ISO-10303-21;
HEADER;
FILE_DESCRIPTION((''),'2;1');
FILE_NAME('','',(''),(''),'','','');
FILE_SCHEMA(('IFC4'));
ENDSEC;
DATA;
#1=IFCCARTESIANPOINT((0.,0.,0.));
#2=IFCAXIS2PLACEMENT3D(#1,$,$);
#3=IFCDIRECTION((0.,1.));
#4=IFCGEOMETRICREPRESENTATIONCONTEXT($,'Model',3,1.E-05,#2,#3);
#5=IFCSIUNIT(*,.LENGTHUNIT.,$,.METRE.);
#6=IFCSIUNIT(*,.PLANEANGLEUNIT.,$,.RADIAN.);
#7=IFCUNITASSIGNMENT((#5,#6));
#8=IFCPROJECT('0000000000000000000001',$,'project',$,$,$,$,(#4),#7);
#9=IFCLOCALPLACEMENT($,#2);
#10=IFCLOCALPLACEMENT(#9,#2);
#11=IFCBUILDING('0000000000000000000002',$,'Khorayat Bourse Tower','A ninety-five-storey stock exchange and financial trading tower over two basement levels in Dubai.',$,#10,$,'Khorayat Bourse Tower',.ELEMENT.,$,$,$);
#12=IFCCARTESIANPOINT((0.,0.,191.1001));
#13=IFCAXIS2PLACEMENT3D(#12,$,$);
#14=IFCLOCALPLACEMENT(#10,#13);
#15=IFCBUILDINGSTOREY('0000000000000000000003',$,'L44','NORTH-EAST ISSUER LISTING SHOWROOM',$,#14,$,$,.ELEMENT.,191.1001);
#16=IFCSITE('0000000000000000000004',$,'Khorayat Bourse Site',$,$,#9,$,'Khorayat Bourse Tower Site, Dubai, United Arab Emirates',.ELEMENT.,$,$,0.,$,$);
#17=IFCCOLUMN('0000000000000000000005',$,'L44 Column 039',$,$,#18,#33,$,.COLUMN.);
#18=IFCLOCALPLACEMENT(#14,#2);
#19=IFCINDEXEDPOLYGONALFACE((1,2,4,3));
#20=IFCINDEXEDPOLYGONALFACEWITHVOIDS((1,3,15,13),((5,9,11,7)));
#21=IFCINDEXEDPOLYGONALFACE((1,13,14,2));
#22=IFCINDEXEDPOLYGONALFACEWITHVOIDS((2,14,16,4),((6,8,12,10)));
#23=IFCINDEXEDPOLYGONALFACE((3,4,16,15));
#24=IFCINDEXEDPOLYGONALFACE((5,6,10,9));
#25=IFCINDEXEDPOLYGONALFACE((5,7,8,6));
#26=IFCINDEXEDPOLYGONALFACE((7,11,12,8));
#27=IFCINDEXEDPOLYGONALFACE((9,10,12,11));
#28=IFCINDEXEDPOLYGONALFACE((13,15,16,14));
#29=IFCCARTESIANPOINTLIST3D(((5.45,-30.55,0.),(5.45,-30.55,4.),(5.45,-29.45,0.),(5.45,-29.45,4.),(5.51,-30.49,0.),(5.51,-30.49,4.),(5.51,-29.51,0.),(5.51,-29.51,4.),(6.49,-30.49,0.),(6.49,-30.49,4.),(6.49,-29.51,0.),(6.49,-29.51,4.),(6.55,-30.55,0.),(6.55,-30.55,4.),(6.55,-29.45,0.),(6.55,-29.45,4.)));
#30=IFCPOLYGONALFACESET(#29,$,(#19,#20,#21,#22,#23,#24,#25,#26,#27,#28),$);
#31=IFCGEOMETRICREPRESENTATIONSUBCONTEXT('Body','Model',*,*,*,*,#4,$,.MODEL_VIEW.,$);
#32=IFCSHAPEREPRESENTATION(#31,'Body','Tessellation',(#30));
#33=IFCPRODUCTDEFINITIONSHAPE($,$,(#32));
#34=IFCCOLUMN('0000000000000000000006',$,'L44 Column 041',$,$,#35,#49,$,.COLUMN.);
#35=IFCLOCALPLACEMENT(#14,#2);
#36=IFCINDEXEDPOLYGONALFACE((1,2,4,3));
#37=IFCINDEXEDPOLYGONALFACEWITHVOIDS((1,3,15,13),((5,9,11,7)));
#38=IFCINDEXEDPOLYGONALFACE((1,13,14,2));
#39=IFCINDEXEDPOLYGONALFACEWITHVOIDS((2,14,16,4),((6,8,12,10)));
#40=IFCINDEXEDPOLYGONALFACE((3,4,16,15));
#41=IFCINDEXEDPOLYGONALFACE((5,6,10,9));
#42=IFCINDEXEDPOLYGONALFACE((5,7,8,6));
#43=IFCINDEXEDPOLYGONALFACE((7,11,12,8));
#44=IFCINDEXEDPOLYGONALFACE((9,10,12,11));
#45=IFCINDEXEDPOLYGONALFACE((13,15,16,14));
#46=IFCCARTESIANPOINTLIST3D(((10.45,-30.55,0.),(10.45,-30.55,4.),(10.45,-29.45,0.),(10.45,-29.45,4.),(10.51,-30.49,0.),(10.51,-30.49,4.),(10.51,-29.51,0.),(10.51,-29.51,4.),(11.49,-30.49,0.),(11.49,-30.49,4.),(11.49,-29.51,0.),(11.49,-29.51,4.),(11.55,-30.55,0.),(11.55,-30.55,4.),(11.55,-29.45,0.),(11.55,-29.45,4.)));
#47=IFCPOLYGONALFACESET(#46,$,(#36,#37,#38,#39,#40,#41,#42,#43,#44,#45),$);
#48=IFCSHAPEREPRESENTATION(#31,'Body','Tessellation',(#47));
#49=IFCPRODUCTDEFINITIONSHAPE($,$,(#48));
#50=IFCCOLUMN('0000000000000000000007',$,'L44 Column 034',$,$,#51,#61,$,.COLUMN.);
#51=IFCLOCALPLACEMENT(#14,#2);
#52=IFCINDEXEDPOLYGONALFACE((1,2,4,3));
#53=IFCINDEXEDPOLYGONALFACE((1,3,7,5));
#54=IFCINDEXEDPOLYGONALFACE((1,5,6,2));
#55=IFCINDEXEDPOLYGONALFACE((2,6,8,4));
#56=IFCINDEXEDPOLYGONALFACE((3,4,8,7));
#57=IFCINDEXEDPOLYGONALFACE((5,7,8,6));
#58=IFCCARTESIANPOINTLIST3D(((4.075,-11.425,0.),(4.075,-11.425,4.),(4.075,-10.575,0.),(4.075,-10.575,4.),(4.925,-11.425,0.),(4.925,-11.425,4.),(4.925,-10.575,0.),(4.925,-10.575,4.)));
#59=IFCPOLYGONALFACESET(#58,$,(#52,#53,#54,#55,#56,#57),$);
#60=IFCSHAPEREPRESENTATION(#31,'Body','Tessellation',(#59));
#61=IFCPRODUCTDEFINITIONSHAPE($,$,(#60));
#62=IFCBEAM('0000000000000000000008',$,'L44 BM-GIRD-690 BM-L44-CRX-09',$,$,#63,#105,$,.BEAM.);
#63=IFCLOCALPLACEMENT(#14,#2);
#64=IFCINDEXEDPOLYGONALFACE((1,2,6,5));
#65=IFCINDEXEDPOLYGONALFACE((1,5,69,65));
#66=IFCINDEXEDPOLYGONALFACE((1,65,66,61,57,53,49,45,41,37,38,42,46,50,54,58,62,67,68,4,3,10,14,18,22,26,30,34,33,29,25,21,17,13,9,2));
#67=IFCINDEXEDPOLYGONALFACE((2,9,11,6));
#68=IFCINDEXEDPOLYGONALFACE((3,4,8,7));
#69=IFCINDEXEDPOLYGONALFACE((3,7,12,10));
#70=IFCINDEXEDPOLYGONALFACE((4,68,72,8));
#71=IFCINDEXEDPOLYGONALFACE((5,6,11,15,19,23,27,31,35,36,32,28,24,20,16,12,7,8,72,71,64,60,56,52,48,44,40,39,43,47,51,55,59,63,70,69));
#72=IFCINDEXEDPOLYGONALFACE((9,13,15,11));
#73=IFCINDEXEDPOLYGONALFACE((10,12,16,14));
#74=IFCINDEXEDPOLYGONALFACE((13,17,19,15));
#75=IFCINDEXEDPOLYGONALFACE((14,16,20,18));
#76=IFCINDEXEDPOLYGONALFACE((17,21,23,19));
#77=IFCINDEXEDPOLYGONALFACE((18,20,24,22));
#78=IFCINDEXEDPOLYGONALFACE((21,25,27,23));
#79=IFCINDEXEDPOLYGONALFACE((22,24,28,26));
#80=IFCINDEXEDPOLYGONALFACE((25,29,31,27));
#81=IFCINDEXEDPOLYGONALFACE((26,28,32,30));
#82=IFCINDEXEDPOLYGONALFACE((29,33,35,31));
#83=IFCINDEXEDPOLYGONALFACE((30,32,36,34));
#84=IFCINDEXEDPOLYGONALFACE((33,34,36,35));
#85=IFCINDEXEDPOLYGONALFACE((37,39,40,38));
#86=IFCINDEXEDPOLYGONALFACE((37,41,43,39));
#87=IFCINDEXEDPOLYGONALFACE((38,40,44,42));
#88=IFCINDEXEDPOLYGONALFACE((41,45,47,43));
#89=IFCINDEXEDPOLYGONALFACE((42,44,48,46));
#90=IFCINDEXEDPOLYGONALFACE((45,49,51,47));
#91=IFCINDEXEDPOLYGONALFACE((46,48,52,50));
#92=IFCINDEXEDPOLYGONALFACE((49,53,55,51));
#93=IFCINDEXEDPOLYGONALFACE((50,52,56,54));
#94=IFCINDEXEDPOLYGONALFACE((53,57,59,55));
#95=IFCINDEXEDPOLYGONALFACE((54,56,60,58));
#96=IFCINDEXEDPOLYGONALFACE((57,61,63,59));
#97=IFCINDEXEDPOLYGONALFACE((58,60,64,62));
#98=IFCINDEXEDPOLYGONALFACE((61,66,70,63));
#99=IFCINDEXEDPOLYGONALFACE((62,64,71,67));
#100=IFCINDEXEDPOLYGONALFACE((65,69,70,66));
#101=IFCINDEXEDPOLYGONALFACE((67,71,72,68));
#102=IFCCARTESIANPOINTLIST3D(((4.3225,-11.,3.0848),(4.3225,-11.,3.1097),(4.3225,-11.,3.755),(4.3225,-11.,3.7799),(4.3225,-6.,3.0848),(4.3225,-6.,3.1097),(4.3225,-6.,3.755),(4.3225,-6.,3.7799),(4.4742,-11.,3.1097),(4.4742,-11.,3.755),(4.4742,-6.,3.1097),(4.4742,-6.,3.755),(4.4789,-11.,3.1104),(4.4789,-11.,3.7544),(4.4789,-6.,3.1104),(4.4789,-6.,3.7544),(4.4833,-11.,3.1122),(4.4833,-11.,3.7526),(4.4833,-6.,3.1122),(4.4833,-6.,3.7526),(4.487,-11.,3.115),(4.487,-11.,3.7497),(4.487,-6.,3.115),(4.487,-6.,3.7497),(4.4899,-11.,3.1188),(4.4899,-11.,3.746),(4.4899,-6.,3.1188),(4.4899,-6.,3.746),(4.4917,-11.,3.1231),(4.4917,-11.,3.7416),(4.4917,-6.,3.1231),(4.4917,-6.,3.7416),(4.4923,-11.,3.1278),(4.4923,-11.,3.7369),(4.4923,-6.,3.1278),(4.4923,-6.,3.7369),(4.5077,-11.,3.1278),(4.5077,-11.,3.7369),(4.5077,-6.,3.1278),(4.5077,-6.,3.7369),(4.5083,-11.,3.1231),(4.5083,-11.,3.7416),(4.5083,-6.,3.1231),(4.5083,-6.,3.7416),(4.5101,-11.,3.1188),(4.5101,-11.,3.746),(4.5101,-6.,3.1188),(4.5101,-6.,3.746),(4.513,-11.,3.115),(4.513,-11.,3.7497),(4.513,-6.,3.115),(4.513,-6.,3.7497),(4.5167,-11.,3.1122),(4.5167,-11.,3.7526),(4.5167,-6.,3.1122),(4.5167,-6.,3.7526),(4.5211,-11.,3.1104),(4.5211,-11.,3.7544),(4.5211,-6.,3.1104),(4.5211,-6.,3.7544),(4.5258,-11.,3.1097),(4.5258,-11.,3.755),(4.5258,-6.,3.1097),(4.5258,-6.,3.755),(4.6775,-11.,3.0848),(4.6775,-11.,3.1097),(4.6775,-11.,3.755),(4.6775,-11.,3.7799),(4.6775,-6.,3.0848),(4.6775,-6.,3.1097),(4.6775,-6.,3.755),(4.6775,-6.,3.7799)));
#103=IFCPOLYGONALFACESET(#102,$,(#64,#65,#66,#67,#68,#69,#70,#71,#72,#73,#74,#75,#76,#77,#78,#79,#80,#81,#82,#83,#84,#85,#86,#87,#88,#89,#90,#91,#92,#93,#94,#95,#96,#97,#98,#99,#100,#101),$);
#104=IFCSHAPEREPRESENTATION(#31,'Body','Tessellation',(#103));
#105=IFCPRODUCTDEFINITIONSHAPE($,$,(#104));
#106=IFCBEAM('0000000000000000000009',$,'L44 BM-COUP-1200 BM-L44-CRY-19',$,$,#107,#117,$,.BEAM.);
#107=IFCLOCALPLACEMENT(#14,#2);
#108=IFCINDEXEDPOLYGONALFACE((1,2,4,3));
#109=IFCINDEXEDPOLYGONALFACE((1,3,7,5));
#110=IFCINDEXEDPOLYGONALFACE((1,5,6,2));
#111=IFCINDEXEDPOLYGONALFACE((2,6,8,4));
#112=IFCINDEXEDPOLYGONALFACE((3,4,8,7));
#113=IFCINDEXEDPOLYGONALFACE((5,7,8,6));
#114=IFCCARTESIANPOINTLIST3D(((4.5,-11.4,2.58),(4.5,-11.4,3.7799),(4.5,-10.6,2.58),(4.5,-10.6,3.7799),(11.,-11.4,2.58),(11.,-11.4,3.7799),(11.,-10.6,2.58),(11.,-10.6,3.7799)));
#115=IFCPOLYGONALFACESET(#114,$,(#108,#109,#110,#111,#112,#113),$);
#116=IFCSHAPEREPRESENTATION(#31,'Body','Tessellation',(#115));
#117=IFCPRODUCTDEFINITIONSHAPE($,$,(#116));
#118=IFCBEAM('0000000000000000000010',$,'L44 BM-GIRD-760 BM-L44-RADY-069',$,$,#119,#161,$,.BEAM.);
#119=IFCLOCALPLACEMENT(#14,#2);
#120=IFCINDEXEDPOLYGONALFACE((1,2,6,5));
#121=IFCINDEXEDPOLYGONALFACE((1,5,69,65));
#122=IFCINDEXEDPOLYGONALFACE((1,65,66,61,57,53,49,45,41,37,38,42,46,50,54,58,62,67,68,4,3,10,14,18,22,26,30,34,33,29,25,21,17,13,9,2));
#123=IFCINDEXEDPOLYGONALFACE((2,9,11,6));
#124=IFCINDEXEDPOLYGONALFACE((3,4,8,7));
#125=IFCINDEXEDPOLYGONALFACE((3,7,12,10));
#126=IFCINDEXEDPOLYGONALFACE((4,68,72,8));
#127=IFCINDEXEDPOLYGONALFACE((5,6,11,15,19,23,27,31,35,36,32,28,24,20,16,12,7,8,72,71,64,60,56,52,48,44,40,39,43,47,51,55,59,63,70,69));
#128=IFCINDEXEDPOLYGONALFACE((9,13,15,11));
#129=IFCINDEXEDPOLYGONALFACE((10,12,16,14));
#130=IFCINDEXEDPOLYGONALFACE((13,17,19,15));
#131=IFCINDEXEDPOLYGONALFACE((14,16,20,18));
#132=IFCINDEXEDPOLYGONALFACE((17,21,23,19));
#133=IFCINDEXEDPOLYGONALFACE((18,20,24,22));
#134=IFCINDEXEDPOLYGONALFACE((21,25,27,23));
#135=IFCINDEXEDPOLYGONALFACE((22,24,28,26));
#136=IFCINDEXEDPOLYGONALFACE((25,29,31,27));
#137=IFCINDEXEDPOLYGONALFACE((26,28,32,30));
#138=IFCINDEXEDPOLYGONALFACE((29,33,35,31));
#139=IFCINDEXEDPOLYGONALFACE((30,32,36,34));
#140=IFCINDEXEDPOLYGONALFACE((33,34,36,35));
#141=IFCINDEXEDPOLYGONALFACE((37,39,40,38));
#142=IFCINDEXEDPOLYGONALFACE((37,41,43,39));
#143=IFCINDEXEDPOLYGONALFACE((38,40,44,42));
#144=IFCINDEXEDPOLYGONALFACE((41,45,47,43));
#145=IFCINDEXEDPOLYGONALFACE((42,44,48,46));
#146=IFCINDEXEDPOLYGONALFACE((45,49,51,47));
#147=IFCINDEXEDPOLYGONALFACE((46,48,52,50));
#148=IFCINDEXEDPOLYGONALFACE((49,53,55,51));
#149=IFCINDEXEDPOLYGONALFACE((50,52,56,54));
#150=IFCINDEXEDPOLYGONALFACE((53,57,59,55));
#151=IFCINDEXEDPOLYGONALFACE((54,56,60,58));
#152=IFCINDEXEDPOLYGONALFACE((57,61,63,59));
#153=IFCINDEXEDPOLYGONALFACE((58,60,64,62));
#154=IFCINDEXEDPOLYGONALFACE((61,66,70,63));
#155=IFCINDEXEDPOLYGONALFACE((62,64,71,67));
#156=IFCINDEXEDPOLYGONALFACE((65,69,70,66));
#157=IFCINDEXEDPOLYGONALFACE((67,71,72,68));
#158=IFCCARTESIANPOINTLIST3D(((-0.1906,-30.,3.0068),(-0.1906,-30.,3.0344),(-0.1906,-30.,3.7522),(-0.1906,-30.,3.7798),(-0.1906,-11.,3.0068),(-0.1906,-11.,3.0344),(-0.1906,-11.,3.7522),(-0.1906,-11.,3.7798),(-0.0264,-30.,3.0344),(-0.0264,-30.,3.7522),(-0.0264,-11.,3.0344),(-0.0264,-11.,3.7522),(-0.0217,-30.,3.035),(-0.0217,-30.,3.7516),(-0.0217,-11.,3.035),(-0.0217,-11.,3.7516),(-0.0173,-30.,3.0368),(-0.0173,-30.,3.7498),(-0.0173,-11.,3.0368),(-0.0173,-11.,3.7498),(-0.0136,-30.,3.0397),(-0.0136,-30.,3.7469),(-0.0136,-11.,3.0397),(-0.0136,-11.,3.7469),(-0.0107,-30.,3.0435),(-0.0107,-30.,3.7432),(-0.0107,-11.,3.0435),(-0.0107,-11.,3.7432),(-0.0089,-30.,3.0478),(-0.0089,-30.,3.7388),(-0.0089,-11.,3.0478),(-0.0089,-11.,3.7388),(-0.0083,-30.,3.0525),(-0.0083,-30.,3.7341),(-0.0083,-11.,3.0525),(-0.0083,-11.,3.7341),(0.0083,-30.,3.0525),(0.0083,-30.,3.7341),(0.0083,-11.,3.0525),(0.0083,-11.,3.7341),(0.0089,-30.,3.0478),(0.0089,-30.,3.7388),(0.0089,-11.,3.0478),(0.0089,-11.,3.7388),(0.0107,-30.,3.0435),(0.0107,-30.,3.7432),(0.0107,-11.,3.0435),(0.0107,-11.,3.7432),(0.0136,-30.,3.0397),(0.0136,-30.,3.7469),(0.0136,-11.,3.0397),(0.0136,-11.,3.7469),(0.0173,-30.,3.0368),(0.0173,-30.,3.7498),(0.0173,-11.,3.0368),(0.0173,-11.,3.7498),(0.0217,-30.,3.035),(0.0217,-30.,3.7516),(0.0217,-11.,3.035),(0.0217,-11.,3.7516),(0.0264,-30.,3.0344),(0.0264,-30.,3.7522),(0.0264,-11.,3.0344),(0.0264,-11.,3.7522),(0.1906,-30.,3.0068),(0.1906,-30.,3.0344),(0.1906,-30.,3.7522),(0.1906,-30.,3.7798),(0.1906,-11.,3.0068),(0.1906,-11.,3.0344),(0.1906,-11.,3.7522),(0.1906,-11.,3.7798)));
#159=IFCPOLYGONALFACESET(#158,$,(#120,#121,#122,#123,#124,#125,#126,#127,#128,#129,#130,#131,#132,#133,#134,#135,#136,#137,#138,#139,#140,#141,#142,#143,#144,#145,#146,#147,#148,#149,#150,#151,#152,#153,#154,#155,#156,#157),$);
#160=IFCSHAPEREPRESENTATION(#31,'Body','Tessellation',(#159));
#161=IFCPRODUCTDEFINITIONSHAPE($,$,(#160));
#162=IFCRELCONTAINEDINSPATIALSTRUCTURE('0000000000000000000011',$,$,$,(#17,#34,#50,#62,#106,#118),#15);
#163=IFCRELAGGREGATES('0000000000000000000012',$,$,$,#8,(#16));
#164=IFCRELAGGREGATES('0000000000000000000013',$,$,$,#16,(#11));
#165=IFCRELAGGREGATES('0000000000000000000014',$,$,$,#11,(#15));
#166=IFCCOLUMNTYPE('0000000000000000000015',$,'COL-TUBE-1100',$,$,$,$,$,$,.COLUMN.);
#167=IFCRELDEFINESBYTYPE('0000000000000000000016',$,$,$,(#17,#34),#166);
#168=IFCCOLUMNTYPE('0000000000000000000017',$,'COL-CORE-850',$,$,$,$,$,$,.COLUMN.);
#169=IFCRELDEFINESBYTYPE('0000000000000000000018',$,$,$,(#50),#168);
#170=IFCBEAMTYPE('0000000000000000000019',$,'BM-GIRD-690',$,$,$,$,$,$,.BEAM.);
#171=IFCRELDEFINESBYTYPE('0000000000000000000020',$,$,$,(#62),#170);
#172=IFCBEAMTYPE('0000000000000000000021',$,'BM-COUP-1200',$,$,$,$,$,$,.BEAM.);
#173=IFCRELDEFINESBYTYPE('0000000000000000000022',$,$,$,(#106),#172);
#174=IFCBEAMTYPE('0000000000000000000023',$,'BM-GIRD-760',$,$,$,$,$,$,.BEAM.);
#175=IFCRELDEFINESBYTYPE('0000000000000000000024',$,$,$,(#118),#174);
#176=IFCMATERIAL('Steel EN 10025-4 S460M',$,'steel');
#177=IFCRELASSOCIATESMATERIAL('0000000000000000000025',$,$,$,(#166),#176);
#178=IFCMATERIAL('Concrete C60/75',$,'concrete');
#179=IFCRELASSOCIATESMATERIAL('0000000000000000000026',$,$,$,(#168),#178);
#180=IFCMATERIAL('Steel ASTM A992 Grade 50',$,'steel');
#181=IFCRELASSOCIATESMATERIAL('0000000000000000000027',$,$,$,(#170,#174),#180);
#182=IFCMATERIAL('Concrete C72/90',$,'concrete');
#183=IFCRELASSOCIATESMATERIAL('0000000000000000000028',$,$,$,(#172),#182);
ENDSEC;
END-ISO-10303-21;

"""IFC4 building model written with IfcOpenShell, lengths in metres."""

from ifc_helpers import new_model, si_unit, direction, frame, origin, origin_2d, place, context, subcontext, project, spatial, rectangle, hollow_rectangle, i_section, extrude, source, transform, mapped, material, material_profile, profile_set, type_object, element, save


model = new_model("IFC4")

# Units and contexts
model_context = context("Model", 3, precision=1e-05, world=origin(), true_north=direction((0.0, 1.0)))
body_context = subcontext(model_context, "Body", "Model", "MODEL_VIEW")
ifc_project = project(units=[si_unit("LENGTHUNIT", "METRE"), si_unit("PLANEANGLEUNIT", "RADIAN")], contexts=[model_context])

# Site, building, storey
site_placement = place(None, origin())
site = spatial("IfcSite", under=ifc_project, at=site_placement, Name="Khorayat Bourse Site", LongName="Khorayat Bourse Tower Site, Dubai, United Arab Emirates", CompositionType="ELEMENT", RefElevation=0.0)
building_placement = place(site_placement, origin())
building = spatial("IfcBuilding", under=site, at=building_placement, Name="Khorayat Bourse Tower", Description="A ninety-five-storey stock exchange and financial trading tower over two basement levels in Dubai.", LongName="Khorayat Bourse Tower", CompositionType="ELEMENT")
storey_placement = place(building_placement, frame((0.0, 0.0, 191.1001)))
storey = spatial("IfcBuildingStorey", under=building, at=storey_placement, Name="L44", Description="NORTH-EAST ISSUER LISTING SHOWROOM", CompositionType="ELEMENT", Elevation=191.1001)

# Columns
ifc_material_1 = material(Name="Steel EN 10025-4 S460M", Category="steel")
ifc_material_profile_1 = material_profile(ifc_material_1, hollow_rectangle(XDim=1.1001, YDim=1.1001, WallThickness=0.0601, at=origin_2d()), Name="BOX 1100x1100x60")
ifc_profile_set_1 = profile_set([ifc_material_profile_1], Name="Steel EN 10025-4 S460M")
column_type_1 = type_object("IfcColumnType", Name="COL-TUBE-1100", PredefinedType="COLUMN", material=ifc_profile_set_1)
shared_shape_1 = source(origin(), body_context, "Body", "SweptSolid", [
    extrude(hollow_rectangle(XDim=1.1001, YDim=1.1001, WallThickness=0.0601, at=origin_2d()), origin(), (0.0, 0.0, 1.0), 4.0),
])
for number, where, z_axis, x_axis, name in (
    (1, (6.0, -30.0, 0.0), (0.0, 0.0, 1.0), (1.0, 0.0, 0.0), "L44 Column 039"),
    (2, (11.0, -30.0, 0.0), (0.0, 0.0, 1.0), (1.0, 0.0, 0.0), "L44 Column 041"),
):
    element("IfcColumn", number, at=place(storey_placement, frame(where, z_axis=z_axis, x_axis=x_axis)), inside=storey, type_object=column_type_1, Name=name, PredefinedType="COLUMN", context=body_context, shape_type="MappedRepresentation", body=[
        mapped(shared_shape_1, transform((0.0, 0.0, 0.0), scale=1.0)),
    ])
ifc_material_2 = material(Name="Concrete C60/75", Category="concrete")
ifc_material_profile_2 = material_profile(ifc_material_2, rectangle(XDim=0.8501, YDim=0.8501, at=origin_2d()), Name="RC 850x850")
ifc_profile_set_2 = profile_set([ifc_material_profile_2], Name="Concrete C60/75")
column_type_2 = type_object("IfcColumnType", Name="COL-CORE-850", PredefinedType="COLUMN", material=ifc_profile_set_2)
shared_shape_2 = source(origin(), body_context, "Body", "SweptSolid", [
    extrude(rectangle(XDim=0.8501, YDim=0.8501, at=origin_2d()), origin(), (0.0, 0.0, 1.0), 4.0),
])
column_placement = place(storey_placement, frame((4.5, -11.0, 0.0), z_axis=(0.0, 0.0, 1.0), x_axis=(1.0, 0.0, 0.0)))
element("IfcColumn", 3, at=column_placement, inside=storey, type_object=column_type_2, Name="L44 Column 034", PredefinedType="COLUMN", context=body_context, shape_type="MappedRepresentation", body=[
    mapped(shared_shape_2, transform((0.0, 0.0, 0.0), scale=1.0)),
])

# Beams
ifc_material_3 = material(Name="Steel ASTM A992 Grade 50", Category="steel")
ifc_material_profile_3 = material_profile(ifc_material_3, i_section(OverallWidth=0.355, OverallDepth=0.6951, WebThickness=0.0154, FlangeThickness=0.0249, FilletRadius=0.0181, at=origin_2d()), Name="W690X217")
ifc_profile_set_3 = profile_set([ifc_material_profile_3], Name="Steel ASTM A992 Grade 50")
beam_type_1 = type_object("IfcBeamType", Name="BM-GIRD-690", PredefinedType="BEAM", material=ifc_profile_set_3)
shared_shape_3 = source(origin(), body_context, "Body", "SweptSolid", [
    extrude(i_section(OverallWidth=0.355, OverallDepth=0.6951, WebThickness=0.0154, FlangeThickness=0.0249, FilletRadius=0.0181, at=origin_2d()), origin(), (0.0, 0.0, 1.0), 5.0),
])
beam_1_placement = place(storey_placement, frame((4.5, -11.0, 3.4324), z_axis=(0.0, 1.0, 0.0), x_axis=(-1.0, 0.0, 0.0)))
element("IfcBeam", 4, at=beam_1_placement, inside=storey, type_object=beam_type_1, Name="L44 BM-GIRD-690 BM-L44-CRX-09", PredefinedType="BEAM", context=body_context, shape_type="MappedRepresentation", body=[
    mapped(shared_shape_3, transform((0.0, 0.0, 0.0), scale=1.0)),
])
ifc_material_4 = material(Name="Concrete C72/90", Category="concrete")
ifc_material_profile_4 = material_profile(ifc_material_4, rectangle(XDim=0.8, YDim=1.2, at=origin_2d()), Name="RC 800x1200")
ifc_profile_set_4 = profile_set([ifc_material_profile_4], Name="Concrete C72/90")
beam_type_2 = type_object("IfcBeamType", Name="BM-COUP-1200", PredefinedType="BEAM", material=ifc_profile_set_4)
shared_shape_4 = source(origin(), body_context, "Body", "SweptSolid", [
    extrude(rectangle(XDim=0.8, YDim=1.2, at=origin_2d()), origin(), (0.0, 0.0, 1.0), 6.5),
])
beam_2_placement = place(storey_placement, frame((4.5, -11.0, 3.1799), z_axis=(1.0, 0.0, 0.0), x_axis=(0.0, 1.0, 0.0)))
element("IfcBeam", 5, at=beam_2_placement, inside=storey, type_object=beam_type_2, Name="L44 BM-COUP-1200 BM-L44-CRY-19", PredefinedType="BEAM", context=body_context, shape_type="MappedRepresentation", body=[
    mapped(shared_shape_4, transform((0.0, 0.0, 0.0), scale=1.0)),
])
ifc_material_profile_5 = material_profile(ifc_material_3, i_section(OverallWidth=0.3811, OverallDepth=0.7729, WebThickness=0.0166, FlangeThickness=0.0276, FilletRadius=0.0181, at=origin_2d()), Name="W760X257")
ifc_profile_set_5 = profile_set([ifc_material_profile_5], Name="Steel ASTM A992 Grade 50")
beam_type_3 = type_object("IfcBeamType", Name="BM-GIRD-760", PredefinedType="BEAM", material=ifc_profile_set_5)
shared_shape_5 = source(origin(), body_context, "Body", "SweptSolid", [
    extrude(i_section(OverallWidth=0.3811, OverallDepth=0.7729, WebThickness=0.0166, FlangeThickness=0.0276, FilletRadius=0.0181, at=origin_2d()), origin(), (0.0, 0.0, 1.0), 19.0),
])
for number, where, z_axis, x_axis, name in (
    (6, (0.0, -30.0, 3.3933), (0.0, 1.0, 0.0), (-1.0, 0.0, 0.0), "L44 BM-GIRD-760 BM-L44-RADY-069"),
):
    element("IfcBeam", number, at=place(storey_placement, frame(where, z_axis=z_axis, x_axis=x_axis)), inside=storey, type_object=beam_type_3, Name=name, PredefinedType="BEAM", context=body_context, shape_type="MappedRepresentation", body=[
        mapped(shared_shape_5, transform((0.0, 0.0, 0.0), scale=1.0)),
    ])

save(model, "model.ifc")
